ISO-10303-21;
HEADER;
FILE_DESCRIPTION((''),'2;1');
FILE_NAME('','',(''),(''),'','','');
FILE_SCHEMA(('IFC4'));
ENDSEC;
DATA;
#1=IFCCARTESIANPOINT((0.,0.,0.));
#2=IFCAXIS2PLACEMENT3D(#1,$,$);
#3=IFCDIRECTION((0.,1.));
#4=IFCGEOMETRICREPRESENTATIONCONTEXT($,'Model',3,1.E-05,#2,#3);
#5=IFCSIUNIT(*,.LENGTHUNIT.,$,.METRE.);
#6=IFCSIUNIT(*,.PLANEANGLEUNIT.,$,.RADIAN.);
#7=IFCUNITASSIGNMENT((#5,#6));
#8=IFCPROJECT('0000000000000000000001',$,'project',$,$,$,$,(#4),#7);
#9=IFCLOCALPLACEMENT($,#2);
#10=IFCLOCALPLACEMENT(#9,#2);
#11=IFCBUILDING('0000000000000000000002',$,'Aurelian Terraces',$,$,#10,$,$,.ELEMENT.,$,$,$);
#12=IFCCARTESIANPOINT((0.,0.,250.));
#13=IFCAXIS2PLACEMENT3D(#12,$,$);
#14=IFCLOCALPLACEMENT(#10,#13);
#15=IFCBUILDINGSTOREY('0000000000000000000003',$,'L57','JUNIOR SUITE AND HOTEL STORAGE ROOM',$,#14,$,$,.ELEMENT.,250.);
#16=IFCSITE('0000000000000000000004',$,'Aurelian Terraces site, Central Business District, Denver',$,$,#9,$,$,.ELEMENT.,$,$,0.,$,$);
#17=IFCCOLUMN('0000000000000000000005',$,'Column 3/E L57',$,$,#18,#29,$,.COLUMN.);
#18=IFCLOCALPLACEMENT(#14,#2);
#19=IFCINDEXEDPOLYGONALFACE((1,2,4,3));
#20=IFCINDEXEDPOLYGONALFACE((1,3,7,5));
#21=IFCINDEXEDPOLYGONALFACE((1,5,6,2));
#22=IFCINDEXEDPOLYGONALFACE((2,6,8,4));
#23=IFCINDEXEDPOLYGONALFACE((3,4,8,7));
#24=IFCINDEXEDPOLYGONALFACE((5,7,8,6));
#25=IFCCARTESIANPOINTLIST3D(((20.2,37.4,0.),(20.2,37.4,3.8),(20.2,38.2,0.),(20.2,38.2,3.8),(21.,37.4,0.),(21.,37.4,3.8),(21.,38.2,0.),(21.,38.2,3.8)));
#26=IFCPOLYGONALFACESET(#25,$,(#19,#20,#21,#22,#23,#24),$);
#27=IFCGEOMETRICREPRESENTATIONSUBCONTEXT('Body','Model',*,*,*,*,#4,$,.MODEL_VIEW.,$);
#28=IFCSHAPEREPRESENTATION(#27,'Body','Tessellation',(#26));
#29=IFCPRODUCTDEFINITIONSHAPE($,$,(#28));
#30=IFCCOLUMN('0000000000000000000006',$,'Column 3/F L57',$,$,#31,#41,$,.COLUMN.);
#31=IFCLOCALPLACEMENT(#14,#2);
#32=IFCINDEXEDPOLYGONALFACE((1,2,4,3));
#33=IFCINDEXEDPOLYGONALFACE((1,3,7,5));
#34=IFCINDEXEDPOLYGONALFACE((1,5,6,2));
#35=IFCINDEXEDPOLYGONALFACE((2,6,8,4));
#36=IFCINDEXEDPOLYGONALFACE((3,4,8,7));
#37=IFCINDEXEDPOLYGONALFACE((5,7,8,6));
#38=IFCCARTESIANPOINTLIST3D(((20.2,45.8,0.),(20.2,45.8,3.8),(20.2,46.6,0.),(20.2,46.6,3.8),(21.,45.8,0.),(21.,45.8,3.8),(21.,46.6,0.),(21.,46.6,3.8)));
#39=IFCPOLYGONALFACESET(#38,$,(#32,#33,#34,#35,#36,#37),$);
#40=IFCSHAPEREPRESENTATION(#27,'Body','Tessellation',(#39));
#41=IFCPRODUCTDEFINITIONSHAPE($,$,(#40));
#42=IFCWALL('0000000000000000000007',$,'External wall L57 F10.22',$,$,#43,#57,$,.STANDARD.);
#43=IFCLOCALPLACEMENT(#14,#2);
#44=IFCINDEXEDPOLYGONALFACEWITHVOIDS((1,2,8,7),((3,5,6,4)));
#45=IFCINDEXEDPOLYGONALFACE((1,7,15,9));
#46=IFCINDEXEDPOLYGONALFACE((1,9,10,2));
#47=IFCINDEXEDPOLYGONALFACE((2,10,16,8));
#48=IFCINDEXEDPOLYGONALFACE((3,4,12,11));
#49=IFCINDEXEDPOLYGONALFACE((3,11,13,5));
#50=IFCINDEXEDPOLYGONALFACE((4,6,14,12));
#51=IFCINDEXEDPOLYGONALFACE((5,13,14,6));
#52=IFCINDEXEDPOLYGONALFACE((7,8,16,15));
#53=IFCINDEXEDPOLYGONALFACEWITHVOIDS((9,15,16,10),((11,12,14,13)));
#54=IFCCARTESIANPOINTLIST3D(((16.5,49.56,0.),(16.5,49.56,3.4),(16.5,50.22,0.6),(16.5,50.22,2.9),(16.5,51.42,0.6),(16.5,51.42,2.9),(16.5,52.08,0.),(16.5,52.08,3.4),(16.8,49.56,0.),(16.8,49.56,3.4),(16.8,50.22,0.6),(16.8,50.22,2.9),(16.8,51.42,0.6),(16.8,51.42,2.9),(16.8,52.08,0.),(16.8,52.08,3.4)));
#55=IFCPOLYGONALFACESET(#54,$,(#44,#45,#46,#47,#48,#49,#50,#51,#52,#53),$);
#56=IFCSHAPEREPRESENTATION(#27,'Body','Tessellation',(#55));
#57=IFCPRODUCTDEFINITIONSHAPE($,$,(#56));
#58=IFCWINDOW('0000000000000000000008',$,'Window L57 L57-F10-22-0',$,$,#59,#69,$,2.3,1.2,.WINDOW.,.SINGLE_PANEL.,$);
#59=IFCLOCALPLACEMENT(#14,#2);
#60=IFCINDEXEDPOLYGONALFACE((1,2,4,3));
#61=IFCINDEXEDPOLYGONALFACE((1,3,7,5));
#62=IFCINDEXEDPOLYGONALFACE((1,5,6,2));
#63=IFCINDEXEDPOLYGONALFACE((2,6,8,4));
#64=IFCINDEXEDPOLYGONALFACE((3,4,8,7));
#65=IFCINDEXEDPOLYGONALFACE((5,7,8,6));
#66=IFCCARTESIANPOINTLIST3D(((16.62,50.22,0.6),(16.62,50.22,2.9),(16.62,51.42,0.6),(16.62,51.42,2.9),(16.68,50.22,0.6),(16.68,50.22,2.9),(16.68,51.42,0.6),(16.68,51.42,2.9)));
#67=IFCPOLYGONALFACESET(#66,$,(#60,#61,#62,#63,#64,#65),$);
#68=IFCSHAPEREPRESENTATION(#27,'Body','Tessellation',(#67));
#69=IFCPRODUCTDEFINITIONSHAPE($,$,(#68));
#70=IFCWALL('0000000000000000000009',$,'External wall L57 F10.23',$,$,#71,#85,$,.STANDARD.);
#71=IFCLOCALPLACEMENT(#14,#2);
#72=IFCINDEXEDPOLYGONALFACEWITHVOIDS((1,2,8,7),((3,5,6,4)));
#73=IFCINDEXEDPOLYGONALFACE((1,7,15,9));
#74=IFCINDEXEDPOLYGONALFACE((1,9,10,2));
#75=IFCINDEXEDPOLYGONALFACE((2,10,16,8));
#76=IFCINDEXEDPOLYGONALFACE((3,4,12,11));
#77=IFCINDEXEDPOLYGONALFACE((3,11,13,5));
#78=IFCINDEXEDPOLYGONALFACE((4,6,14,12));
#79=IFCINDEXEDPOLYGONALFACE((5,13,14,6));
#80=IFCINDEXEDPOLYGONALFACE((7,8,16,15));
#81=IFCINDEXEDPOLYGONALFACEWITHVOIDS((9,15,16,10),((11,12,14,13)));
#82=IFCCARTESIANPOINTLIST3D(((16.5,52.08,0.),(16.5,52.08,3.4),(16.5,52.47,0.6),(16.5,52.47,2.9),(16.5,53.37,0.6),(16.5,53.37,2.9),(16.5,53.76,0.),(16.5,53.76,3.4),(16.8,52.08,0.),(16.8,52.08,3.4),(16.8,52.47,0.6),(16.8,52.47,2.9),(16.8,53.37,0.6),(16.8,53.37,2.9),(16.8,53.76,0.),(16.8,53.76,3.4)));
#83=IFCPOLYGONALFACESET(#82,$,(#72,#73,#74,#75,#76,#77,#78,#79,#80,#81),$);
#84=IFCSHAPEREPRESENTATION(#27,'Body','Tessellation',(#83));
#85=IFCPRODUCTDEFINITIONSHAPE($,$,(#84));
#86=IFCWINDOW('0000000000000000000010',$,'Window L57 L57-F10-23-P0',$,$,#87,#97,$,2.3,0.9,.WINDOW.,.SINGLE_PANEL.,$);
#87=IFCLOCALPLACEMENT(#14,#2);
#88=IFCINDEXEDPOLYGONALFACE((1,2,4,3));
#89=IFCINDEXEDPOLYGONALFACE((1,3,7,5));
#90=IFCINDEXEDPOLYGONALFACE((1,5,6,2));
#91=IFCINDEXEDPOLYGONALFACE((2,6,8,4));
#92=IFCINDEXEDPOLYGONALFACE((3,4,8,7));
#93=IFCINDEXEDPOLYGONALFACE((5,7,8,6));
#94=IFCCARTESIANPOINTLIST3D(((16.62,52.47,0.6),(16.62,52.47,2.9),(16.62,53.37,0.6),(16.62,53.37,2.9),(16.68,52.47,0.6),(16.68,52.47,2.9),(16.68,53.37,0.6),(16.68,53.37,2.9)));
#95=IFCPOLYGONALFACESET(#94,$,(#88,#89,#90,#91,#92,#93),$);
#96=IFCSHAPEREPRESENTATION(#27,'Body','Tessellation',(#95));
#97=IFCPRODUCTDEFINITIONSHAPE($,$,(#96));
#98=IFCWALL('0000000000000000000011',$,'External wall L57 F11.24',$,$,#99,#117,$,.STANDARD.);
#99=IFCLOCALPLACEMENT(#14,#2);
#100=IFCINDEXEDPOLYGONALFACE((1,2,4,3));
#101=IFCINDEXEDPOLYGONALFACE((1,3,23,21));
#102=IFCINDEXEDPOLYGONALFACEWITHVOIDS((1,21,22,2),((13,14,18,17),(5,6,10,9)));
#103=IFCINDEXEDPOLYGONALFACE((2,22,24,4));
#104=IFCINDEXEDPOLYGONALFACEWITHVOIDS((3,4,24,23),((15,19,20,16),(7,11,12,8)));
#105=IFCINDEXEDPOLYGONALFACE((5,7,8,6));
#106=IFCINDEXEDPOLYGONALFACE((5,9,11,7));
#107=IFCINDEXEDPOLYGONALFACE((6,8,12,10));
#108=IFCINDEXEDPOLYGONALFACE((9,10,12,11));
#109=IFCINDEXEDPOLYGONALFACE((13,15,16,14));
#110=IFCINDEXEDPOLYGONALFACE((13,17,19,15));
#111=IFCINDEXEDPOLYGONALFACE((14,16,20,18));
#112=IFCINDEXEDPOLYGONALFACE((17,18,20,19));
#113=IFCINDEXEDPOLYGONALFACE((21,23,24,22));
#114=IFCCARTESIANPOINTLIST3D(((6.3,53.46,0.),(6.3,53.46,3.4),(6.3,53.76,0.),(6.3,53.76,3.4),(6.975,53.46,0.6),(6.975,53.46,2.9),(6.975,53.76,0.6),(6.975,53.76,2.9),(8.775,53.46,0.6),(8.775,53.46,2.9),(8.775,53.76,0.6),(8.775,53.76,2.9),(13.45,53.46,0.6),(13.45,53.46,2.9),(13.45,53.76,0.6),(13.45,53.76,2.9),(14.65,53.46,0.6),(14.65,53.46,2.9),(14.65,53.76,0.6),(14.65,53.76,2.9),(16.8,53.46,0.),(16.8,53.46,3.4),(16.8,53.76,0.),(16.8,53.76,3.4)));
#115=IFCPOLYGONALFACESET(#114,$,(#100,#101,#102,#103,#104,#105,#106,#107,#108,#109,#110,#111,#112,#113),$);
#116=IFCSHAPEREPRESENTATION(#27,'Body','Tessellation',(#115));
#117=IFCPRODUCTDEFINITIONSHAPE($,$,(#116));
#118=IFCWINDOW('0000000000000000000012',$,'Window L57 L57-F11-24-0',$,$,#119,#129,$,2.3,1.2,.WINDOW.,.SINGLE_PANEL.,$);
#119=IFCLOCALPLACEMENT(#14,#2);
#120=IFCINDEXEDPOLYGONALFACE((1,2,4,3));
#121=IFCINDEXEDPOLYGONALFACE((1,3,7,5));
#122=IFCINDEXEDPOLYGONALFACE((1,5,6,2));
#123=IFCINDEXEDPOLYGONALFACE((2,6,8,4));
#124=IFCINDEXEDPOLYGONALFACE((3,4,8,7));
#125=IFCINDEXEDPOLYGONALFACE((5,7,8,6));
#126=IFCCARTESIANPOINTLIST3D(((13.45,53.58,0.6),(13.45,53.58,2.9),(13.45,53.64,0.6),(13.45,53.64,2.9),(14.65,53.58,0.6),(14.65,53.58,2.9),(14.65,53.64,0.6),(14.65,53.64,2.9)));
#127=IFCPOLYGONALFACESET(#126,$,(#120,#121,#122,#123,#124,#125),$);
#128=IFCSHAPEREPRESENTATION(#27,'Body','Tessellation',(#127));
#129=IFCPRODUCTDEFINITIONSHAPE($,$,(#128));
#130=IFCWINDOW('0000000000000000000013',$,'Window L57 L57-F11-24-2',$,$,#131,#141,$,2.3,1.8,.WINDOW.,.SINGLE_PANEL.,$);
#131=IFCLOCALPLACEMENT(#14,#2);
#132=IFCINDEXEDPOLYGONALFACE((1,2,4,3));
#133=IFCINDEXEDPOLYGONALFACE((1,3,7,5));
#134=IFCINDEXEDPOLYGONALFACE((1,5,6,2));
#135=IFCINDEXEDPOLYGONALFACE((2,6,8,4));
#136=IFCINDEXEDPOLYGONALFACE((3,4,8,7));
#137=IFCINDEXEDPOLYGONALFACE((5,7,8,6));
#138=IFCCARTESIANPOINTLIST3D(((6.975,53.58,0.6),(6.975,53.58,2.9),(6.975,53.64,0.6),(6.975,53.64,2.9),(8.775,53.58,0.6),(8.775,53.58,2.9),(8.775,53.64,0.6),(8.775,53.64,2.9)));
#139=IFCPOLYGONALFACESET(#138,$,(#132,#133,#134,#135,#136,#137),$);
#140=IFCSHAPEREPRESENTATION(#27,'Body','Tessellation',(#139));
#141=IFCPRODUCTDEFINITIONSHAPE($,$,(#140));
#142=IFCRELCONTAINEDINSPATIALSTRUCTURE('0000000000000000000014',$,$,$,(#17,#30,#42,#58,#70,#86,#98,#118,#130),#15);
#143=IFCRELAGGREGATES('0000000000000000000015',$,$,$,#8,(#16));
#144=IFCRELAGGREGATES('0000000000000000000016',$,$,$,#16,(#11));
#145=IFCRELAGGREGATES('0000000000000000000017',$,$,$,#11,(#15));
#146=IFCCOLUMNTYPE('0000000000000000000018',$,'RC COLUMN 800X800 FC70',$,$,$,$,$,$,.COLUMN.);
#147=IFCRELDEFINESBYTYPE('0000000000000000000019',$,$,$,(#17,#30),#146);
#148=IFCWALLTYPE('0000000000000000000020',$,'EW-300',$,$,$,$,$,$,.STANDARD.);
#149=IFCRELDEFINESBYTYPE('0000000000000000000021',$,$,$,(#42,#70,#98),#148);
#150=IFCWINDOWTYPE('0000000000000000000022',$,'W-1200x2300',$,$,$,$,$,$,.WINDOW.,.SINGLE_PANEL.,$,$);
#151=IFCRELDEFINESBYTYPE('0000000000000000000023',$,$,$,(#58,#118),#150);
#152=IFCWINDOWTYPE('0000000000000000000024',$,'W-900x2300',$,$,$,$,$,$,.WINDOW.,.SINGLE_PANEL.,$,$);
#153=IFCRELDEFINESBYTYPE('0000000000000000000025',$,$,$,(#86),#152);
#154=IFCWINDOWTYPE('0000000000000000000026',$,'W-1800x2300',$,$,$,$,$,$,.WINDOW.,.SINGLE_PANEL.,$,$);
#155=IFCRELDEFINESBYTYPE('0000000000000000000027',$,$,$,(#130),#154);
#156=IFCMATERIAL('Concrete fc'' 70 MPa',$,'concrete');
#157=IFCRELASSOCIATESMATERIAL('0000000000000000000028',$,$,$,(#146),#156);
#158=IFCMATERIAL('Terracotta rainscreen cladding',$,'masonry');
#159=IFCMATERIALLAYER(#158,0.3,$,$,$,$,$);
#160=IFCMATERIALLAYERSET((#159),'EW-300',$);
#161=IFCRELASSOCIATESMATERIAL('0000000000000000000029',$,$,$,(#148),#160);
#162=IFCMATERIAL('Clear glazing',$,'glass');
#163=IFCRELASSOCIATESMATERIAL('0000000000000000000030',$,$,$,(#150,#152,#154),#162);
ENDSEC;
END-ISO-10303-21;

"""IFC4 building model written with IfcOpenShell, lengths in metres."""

from ifc_helpers import new_model, si_unit, direction, frame, frame_2d, origin, origin_2d, place, context, subcontext, project, spatial, rectangle, extrude, source, transform, mapped, material, layer, layer_set, material_profile, profile_set, type_object, element, fill, save


model = new_model("IFC4")

# Units and contexts
model_context = context("Model", 3, precision=1e-05, world=origin(), true_north=direction((0.0, 1.0)))
body_context = subcontext(model_context, "Body", "Model", "MODEL_VIEW")
ifc_project = project(units=[si_unit("LENGTHUNIT", "METRE"), si_unit("PLANEANGLEUNIT", "RADIAN")], contexts=[model_context])

# Site, building, storey
site_placement = place(None, origin())
site = spatial("IfcSite", under=ifc_project, at=site_placement, Name="Aurelian Terraces site, Central Business District, Denver", CompositionType="ELEMENT", RefElevation=0.0)
building_placement = place(site_placement, origin())
building = spatial("IfcBuilding", under=site, at=building_placement, Name="Aurelian Terraces", CompositionType="ELEMENT")
storey_placement = place(building_placement, frame((0.0, 0.0, 250.0)))
storey = spatial("IfcBuildingStorey", under=building, at=storey_placement, Name="L57", Description="JUNIOR SUITE AND HOTEL STORAGE ROOM", CompositionType="ELEMENT", Elevation=250.0)

# Columns
ifc_material_1 = material(Name="Concrete fc' 70 MPa", Category="concrete")
ifc_material_profile = material_profile(ifc_material_1, rectangle(XDim=0.8, YDim=0.8, at=origin_2d()))
ifc_profile_set = profile_set([ifc_material_profile], Name="Concrete fc' 70 MPa")
column_type = type_object("IfcColumnType", Name="RC COLUMN 800X800 FC70", PredefinedType="COLUMN", material=ifc_profile_set)
shared_shape_1 = source(origin(), body_context, "Body", "SweptSolid", [
    extrude(rectangle(XDim=0.8, YDim=0.8, at=origin_2d()), origin(), (0.0, 0.0, 1.0), 3.8),
])
for number, where, z_axis, x_axis, name in (
    (1, (20.6, 37.8, 0.0), (0.0, 0.0, 1.0), (1.0, 0.0, 0.0), "Column 3/E L57"),
    (2, (20.6, 46.2, 0.0), (0.0, 0.0, 1.0), (1.0, 0.0, 0.0), "Column 3/F L57"),
):
    element("IfcColumn", number, at=place(storey_placement, frame(where, z_axis=z_axis, x_axis=x_axis)), inside=storey, type_object=column_type, Name=name, PredefinedType="COLUMN", context=body_context, shape_type="MappedRepresentation", body=[
        mapped(shared_shape_1, transform((0.0, 0.0, 0.0), scale=1.0)),
    ])

# Walls, openings, windows
ifc_material_2 = material(Name="Terracotta rainscreen cladding", Category="masonry")
ifc_layer_1 = layer(ifc_material_2, 0.3)
ifc_layer_set_1 = layer_set([ifc_layer_1], Name="EW-300")
wall_type_1 = type_object("IfcWallType", Name="EW-300", PredefinedType="STANDARD", material=ifc_layer_set_1)
shared_shape_2 = source(origin(), body_context, "Body", "SweptSolid", [
    extrude(rectangle(XDim=2.52, YDim=0.3, at=frame_2d((1.26, 0.0))), origin(), (0.0, 0.0, 1.0), 3.4),
])
wall_1_placement = place(storey_placement, frame((16.65, 49.56, 0.0), z_axis=(0.0, 0.0, 1.0), x_axis=(0.0, 1.0, 0.0)))
wall_1 = element("IfcWall", 3, at=wall_1_placement, inside=storey, type_object=wall_type_1, Name="External wall L57 F10.22", PredefinedType="STANDARD", context=body_context, shape_type="MappedRepresentation", body=[
    mapped(shared_shape_2, transform((0.0, 0.0, 0.0), scale=1.0)),
])
shared_shape_3 = source(origin(), body_context, "Body", "SweptSolid", [
    extrude(rectangle(XDim=1.2, YDim=2.3, at=frame_2d((0.6, 1.15))), frame((0.0, 0.16, 0.0), z_axis=(0.0, -1.0, 0.0), x_axis=(1.0, 0.0, 0.0)), (0.0, 0.0, 1.0), 0.32),
])
opening_1_placement = place(wall_1_placement, frame((0.66, 0.0, 0.6)))
opening_1 = element("IfcOpeningElement", 4, at=opening_1_placement, cuts=wall_1, PredefinedType="OPENING", context=body_context, shape_type="MappedRepresentation", body=[
    mapped(shared_shape_3, transform((0.0, 0.0, 0.0), scale=1.0)),
])
ifc_material_3 = material(Name="Clear glazing", Category="glass")
window_type_1 = type_object("IfcWindowType", Name="W-1200x2300", PartitioningType="SINGLE_PANEL", PredefinedType="WINDOW", material=ifc_material_3)
shared_shape_4 = source(origin(), body_context, "Body", "SweptSolid", [
    extrude(rectangle(XDim=1.2, YDim=2.3, at=frame_2d((0.6, 1.15))), frame((0.0, 0.03, 0.0), z_axis=(0.0, -1.0, 0.0), x_axis=(1.0, 0.0, 0.0)), (0.0, 0.0, 1.0), 0.06),
])
window_1_placement = place(opening_1_placement, origin())
window_1 = element("IfcWindow", 5, at=window_1_placement, inside=storey, type_object=window_type_1, Name="Window L57 L57-F10-22-0", OverallHeight=2.3, OverallWidth=1.2, PartitioningType="SINGLE_PANEL", PredefinedType="WINDOW", context=body_context, shape_type="MappedRepresentation", body=[
    mapped(shared_shape_4, transform((0.0, 0.0, 0.0), scale=1.0)),
])
fill(opening_1, window_1)
shared_shape_5 = source(origin(), body_context, "Body", "SweptSolid", [
    extrude(rectangle(XDim=1.68, YDim=0.3, at=frame_2d((0.84, 0.0))), origin(), (0.0, 0.0, 1.0), 3.4),
])
wall_2_placement = place(storey_placement, frame((16.65, 52.08, 0.0), z_axis=(0.0, 0.0, 1.0), x_axis=(0.0, 1.0, 0.0)))
wall_2 = element("IfcWall", 6, at=wall_2_placement, inside=storey, type_object=wall_type_1, Name="External wall L57 F10.23", PredefinedType="STANDARD", context=body_context, shape_type="MappedRepresentation", body=[
    mapped(shared_shape_5, transform((0.0, 0.0, 0.0), scale=1.0)),
])
shared_shape_6 = source(origin(), body_context, "Body", "SweptSolid", [
    extrude(rectangle(XDim=0.9, YDim=2.3, at=frame_2d((0.45, 1.15))), frame((0.0, 0.16, 0.0), z_axis=(0.0, -1.0, 0.0), x_axis=(1.0, 0.0, 0.0)), (0.0, 0.0, 1.0), 0.32),
])
opening_2_placement = place(wall_2_placement, frame((0.39, 0.0, 0.6)))
opening_2 = element("IfcOpeningElement", 7, at=opening_2_placement, cuts=wall_2, PredefinedType="OPENING", context=body_context, shape_type="MappedRepresentation", body=[
    mapped(shared_shape_6, transform((0.0, 0.0, 0.0), scale=1.0)),
])
window_type_2 = type_object("IfcWindowType", Name="W-900x2300", PartitioningType="SINGLE_PANEL", PredefinedType="WINDOW", material=ifc_material_3)
shared_shape_7 = source(origin(), body_context, "Body", "SweptSolid", [
    extrude(rectangle(XDim=0.9, YDim=2.3, at=frame_2d((0.45, 1.15))), frame((0.0, 0.03, 0.0), z_axis=(0.0, -1.0, 0.0), x_axis=(1.0, 0.0, 0.0)), (0.0, 0.0, 1.0), 0.06),
])
window_2_placement = place(opening_2_placement, origin())
window_2 = element("IfcWindow", 8, at=window_2_placement, inside=storey, type_object=window_type_2, Name="Window L57 L57-F10-23-P0", OverallHeight=2.3, OverallWidth=0.9, PartitioningType="SINGLE_PANEL", PredefinedType="WINDOW", context=body_context, shape_type="MappedRepresentation", body=[
    mapped(shared_shape_7, transform((0.0, 0.0, 0.0), scale=1.0)),
])
fill(opening_2, window_2)

# Wall, openings, windows
shared_shape_8 = source(origin(), body_context, "Body", "SweptSolid", [
    extrude(rectangle(XDim=10.5, YDim=0.3, at=frame_2d((5.25, 0.0))), origin(), (0.0, 0.0, 1.0), 3.4),
])
wall_3_placement = place(storey_placement, frame((16.8, 53.61, 0.0), z_axis=(0.0, 0.0, 1.0), x_axis=(-1.0, 0.0, 0.0)))
wall_3 = element("IfcWall", 9, at=wall_3_placement, inside=storey, type_object=wall_type_1, Name="External wall L57 F11.24", PredefinedType="STANDARD", context=body_context, shape_type="MappedRepresentation", body=[
    mapped(shared_shape_8, transform((0.0, 0.0, 0.0), scale=1.0)),
])
opening_3_placement = place(wall_3_placement, frame((2.15, 0.0, 0.6)))
opening_3 = element("IfcOpeningElement", 10, at=opening_3_placement, cuts=wall_3, PredefinedType="OPENING", context=body_context, shape_type="MappedRepresentation", body=[
    mapped(shared_shape_3, transform((0.0, 0.0, 0.0), scale=1.0)),
])
shared_shape_9 = source(origin(), body_context, "Body", "SweptSolid", [
    extrude(rectangle(XDim=1.8, YDim=2.3, at=frame_2d((0.9, 1.15))), frame((0.0, 0.16, 0.0), z_axis=(0.0, -1.0, 0.0), x_axis=(1.0, 0.0, 0.0)), (0.0, 0.0, 1.0), 0.32),
])
opening_4_placement = place(wall_3_placement, frame((8.025, 0.0, 0.6)))
opening_4 = element("IfcOpeningElement", 11, at=opening_4_placement, cuts=wall_3, PredefinedType="OPENING", context=body_context, shape_type="MappedRepresentation", body=[
    mapped(shared_shape_9, transform((0.0, 0.0, 0.0), scale=1.0)),
])
window_3_placement = place(opening_3_placement, origin())
window_3 = element("IfcWindow", 12, at=window_3_placement, inside=storey, type_object=window_type_1, Name="Window L57 L57-F11-24-0", OverallHeight=2.3, OverallWidth=1.2, PartitioningType="SINGLE_PANEL", PredefinedType="WINDOW", context=body_context, shape_type="MappedRepresentation", body=[
    mapped(shared_shape_4, transform((0.0, 0.0, 0.0), scale=1.0)),
])
fill(opening_3, window_3)
window_type_3 = type_object("IfcWindowType", Name="W-1800x2300", PartitioningType="SINGLE_PANEL", PredefinedType="WINDOW", material=ifc_material_3)
shared_shape_10 = source(origin(), body_context, "Body", "SweptSolid", [
    extrude(rectangle(XDim=1.8, YDim=2.3, at=frame_2d((0.9, 1.15))), frame((0.0, 0.03, 0.0), z_axis=(0.0, -1.0, 0.0), x_axis=(1.0, 0.0, 0.0)), (0.0, 0.0, 1.0), 0.06),
])
window_4_placement = place(opening_4_placement, origin())
window_4 = element("IfcWindow", 13, at=window_4_placement, inside=storey, type_object=window_type_3, Name="Window L57 L57-F11-24-2", OverallHeight=2.3, OverallWidth=1.8, PartitioningType="SINGLE_PANEL", PredefinedType="WINDOW", context=body_context, shape_type="MappedRepresentation", body=[
    mapped(shared_shape_10, transform((0.0, 0.0, 0.0), scale=1.0)),
])
fill(opening_4, window_4)

save(model, "model.ifc")
